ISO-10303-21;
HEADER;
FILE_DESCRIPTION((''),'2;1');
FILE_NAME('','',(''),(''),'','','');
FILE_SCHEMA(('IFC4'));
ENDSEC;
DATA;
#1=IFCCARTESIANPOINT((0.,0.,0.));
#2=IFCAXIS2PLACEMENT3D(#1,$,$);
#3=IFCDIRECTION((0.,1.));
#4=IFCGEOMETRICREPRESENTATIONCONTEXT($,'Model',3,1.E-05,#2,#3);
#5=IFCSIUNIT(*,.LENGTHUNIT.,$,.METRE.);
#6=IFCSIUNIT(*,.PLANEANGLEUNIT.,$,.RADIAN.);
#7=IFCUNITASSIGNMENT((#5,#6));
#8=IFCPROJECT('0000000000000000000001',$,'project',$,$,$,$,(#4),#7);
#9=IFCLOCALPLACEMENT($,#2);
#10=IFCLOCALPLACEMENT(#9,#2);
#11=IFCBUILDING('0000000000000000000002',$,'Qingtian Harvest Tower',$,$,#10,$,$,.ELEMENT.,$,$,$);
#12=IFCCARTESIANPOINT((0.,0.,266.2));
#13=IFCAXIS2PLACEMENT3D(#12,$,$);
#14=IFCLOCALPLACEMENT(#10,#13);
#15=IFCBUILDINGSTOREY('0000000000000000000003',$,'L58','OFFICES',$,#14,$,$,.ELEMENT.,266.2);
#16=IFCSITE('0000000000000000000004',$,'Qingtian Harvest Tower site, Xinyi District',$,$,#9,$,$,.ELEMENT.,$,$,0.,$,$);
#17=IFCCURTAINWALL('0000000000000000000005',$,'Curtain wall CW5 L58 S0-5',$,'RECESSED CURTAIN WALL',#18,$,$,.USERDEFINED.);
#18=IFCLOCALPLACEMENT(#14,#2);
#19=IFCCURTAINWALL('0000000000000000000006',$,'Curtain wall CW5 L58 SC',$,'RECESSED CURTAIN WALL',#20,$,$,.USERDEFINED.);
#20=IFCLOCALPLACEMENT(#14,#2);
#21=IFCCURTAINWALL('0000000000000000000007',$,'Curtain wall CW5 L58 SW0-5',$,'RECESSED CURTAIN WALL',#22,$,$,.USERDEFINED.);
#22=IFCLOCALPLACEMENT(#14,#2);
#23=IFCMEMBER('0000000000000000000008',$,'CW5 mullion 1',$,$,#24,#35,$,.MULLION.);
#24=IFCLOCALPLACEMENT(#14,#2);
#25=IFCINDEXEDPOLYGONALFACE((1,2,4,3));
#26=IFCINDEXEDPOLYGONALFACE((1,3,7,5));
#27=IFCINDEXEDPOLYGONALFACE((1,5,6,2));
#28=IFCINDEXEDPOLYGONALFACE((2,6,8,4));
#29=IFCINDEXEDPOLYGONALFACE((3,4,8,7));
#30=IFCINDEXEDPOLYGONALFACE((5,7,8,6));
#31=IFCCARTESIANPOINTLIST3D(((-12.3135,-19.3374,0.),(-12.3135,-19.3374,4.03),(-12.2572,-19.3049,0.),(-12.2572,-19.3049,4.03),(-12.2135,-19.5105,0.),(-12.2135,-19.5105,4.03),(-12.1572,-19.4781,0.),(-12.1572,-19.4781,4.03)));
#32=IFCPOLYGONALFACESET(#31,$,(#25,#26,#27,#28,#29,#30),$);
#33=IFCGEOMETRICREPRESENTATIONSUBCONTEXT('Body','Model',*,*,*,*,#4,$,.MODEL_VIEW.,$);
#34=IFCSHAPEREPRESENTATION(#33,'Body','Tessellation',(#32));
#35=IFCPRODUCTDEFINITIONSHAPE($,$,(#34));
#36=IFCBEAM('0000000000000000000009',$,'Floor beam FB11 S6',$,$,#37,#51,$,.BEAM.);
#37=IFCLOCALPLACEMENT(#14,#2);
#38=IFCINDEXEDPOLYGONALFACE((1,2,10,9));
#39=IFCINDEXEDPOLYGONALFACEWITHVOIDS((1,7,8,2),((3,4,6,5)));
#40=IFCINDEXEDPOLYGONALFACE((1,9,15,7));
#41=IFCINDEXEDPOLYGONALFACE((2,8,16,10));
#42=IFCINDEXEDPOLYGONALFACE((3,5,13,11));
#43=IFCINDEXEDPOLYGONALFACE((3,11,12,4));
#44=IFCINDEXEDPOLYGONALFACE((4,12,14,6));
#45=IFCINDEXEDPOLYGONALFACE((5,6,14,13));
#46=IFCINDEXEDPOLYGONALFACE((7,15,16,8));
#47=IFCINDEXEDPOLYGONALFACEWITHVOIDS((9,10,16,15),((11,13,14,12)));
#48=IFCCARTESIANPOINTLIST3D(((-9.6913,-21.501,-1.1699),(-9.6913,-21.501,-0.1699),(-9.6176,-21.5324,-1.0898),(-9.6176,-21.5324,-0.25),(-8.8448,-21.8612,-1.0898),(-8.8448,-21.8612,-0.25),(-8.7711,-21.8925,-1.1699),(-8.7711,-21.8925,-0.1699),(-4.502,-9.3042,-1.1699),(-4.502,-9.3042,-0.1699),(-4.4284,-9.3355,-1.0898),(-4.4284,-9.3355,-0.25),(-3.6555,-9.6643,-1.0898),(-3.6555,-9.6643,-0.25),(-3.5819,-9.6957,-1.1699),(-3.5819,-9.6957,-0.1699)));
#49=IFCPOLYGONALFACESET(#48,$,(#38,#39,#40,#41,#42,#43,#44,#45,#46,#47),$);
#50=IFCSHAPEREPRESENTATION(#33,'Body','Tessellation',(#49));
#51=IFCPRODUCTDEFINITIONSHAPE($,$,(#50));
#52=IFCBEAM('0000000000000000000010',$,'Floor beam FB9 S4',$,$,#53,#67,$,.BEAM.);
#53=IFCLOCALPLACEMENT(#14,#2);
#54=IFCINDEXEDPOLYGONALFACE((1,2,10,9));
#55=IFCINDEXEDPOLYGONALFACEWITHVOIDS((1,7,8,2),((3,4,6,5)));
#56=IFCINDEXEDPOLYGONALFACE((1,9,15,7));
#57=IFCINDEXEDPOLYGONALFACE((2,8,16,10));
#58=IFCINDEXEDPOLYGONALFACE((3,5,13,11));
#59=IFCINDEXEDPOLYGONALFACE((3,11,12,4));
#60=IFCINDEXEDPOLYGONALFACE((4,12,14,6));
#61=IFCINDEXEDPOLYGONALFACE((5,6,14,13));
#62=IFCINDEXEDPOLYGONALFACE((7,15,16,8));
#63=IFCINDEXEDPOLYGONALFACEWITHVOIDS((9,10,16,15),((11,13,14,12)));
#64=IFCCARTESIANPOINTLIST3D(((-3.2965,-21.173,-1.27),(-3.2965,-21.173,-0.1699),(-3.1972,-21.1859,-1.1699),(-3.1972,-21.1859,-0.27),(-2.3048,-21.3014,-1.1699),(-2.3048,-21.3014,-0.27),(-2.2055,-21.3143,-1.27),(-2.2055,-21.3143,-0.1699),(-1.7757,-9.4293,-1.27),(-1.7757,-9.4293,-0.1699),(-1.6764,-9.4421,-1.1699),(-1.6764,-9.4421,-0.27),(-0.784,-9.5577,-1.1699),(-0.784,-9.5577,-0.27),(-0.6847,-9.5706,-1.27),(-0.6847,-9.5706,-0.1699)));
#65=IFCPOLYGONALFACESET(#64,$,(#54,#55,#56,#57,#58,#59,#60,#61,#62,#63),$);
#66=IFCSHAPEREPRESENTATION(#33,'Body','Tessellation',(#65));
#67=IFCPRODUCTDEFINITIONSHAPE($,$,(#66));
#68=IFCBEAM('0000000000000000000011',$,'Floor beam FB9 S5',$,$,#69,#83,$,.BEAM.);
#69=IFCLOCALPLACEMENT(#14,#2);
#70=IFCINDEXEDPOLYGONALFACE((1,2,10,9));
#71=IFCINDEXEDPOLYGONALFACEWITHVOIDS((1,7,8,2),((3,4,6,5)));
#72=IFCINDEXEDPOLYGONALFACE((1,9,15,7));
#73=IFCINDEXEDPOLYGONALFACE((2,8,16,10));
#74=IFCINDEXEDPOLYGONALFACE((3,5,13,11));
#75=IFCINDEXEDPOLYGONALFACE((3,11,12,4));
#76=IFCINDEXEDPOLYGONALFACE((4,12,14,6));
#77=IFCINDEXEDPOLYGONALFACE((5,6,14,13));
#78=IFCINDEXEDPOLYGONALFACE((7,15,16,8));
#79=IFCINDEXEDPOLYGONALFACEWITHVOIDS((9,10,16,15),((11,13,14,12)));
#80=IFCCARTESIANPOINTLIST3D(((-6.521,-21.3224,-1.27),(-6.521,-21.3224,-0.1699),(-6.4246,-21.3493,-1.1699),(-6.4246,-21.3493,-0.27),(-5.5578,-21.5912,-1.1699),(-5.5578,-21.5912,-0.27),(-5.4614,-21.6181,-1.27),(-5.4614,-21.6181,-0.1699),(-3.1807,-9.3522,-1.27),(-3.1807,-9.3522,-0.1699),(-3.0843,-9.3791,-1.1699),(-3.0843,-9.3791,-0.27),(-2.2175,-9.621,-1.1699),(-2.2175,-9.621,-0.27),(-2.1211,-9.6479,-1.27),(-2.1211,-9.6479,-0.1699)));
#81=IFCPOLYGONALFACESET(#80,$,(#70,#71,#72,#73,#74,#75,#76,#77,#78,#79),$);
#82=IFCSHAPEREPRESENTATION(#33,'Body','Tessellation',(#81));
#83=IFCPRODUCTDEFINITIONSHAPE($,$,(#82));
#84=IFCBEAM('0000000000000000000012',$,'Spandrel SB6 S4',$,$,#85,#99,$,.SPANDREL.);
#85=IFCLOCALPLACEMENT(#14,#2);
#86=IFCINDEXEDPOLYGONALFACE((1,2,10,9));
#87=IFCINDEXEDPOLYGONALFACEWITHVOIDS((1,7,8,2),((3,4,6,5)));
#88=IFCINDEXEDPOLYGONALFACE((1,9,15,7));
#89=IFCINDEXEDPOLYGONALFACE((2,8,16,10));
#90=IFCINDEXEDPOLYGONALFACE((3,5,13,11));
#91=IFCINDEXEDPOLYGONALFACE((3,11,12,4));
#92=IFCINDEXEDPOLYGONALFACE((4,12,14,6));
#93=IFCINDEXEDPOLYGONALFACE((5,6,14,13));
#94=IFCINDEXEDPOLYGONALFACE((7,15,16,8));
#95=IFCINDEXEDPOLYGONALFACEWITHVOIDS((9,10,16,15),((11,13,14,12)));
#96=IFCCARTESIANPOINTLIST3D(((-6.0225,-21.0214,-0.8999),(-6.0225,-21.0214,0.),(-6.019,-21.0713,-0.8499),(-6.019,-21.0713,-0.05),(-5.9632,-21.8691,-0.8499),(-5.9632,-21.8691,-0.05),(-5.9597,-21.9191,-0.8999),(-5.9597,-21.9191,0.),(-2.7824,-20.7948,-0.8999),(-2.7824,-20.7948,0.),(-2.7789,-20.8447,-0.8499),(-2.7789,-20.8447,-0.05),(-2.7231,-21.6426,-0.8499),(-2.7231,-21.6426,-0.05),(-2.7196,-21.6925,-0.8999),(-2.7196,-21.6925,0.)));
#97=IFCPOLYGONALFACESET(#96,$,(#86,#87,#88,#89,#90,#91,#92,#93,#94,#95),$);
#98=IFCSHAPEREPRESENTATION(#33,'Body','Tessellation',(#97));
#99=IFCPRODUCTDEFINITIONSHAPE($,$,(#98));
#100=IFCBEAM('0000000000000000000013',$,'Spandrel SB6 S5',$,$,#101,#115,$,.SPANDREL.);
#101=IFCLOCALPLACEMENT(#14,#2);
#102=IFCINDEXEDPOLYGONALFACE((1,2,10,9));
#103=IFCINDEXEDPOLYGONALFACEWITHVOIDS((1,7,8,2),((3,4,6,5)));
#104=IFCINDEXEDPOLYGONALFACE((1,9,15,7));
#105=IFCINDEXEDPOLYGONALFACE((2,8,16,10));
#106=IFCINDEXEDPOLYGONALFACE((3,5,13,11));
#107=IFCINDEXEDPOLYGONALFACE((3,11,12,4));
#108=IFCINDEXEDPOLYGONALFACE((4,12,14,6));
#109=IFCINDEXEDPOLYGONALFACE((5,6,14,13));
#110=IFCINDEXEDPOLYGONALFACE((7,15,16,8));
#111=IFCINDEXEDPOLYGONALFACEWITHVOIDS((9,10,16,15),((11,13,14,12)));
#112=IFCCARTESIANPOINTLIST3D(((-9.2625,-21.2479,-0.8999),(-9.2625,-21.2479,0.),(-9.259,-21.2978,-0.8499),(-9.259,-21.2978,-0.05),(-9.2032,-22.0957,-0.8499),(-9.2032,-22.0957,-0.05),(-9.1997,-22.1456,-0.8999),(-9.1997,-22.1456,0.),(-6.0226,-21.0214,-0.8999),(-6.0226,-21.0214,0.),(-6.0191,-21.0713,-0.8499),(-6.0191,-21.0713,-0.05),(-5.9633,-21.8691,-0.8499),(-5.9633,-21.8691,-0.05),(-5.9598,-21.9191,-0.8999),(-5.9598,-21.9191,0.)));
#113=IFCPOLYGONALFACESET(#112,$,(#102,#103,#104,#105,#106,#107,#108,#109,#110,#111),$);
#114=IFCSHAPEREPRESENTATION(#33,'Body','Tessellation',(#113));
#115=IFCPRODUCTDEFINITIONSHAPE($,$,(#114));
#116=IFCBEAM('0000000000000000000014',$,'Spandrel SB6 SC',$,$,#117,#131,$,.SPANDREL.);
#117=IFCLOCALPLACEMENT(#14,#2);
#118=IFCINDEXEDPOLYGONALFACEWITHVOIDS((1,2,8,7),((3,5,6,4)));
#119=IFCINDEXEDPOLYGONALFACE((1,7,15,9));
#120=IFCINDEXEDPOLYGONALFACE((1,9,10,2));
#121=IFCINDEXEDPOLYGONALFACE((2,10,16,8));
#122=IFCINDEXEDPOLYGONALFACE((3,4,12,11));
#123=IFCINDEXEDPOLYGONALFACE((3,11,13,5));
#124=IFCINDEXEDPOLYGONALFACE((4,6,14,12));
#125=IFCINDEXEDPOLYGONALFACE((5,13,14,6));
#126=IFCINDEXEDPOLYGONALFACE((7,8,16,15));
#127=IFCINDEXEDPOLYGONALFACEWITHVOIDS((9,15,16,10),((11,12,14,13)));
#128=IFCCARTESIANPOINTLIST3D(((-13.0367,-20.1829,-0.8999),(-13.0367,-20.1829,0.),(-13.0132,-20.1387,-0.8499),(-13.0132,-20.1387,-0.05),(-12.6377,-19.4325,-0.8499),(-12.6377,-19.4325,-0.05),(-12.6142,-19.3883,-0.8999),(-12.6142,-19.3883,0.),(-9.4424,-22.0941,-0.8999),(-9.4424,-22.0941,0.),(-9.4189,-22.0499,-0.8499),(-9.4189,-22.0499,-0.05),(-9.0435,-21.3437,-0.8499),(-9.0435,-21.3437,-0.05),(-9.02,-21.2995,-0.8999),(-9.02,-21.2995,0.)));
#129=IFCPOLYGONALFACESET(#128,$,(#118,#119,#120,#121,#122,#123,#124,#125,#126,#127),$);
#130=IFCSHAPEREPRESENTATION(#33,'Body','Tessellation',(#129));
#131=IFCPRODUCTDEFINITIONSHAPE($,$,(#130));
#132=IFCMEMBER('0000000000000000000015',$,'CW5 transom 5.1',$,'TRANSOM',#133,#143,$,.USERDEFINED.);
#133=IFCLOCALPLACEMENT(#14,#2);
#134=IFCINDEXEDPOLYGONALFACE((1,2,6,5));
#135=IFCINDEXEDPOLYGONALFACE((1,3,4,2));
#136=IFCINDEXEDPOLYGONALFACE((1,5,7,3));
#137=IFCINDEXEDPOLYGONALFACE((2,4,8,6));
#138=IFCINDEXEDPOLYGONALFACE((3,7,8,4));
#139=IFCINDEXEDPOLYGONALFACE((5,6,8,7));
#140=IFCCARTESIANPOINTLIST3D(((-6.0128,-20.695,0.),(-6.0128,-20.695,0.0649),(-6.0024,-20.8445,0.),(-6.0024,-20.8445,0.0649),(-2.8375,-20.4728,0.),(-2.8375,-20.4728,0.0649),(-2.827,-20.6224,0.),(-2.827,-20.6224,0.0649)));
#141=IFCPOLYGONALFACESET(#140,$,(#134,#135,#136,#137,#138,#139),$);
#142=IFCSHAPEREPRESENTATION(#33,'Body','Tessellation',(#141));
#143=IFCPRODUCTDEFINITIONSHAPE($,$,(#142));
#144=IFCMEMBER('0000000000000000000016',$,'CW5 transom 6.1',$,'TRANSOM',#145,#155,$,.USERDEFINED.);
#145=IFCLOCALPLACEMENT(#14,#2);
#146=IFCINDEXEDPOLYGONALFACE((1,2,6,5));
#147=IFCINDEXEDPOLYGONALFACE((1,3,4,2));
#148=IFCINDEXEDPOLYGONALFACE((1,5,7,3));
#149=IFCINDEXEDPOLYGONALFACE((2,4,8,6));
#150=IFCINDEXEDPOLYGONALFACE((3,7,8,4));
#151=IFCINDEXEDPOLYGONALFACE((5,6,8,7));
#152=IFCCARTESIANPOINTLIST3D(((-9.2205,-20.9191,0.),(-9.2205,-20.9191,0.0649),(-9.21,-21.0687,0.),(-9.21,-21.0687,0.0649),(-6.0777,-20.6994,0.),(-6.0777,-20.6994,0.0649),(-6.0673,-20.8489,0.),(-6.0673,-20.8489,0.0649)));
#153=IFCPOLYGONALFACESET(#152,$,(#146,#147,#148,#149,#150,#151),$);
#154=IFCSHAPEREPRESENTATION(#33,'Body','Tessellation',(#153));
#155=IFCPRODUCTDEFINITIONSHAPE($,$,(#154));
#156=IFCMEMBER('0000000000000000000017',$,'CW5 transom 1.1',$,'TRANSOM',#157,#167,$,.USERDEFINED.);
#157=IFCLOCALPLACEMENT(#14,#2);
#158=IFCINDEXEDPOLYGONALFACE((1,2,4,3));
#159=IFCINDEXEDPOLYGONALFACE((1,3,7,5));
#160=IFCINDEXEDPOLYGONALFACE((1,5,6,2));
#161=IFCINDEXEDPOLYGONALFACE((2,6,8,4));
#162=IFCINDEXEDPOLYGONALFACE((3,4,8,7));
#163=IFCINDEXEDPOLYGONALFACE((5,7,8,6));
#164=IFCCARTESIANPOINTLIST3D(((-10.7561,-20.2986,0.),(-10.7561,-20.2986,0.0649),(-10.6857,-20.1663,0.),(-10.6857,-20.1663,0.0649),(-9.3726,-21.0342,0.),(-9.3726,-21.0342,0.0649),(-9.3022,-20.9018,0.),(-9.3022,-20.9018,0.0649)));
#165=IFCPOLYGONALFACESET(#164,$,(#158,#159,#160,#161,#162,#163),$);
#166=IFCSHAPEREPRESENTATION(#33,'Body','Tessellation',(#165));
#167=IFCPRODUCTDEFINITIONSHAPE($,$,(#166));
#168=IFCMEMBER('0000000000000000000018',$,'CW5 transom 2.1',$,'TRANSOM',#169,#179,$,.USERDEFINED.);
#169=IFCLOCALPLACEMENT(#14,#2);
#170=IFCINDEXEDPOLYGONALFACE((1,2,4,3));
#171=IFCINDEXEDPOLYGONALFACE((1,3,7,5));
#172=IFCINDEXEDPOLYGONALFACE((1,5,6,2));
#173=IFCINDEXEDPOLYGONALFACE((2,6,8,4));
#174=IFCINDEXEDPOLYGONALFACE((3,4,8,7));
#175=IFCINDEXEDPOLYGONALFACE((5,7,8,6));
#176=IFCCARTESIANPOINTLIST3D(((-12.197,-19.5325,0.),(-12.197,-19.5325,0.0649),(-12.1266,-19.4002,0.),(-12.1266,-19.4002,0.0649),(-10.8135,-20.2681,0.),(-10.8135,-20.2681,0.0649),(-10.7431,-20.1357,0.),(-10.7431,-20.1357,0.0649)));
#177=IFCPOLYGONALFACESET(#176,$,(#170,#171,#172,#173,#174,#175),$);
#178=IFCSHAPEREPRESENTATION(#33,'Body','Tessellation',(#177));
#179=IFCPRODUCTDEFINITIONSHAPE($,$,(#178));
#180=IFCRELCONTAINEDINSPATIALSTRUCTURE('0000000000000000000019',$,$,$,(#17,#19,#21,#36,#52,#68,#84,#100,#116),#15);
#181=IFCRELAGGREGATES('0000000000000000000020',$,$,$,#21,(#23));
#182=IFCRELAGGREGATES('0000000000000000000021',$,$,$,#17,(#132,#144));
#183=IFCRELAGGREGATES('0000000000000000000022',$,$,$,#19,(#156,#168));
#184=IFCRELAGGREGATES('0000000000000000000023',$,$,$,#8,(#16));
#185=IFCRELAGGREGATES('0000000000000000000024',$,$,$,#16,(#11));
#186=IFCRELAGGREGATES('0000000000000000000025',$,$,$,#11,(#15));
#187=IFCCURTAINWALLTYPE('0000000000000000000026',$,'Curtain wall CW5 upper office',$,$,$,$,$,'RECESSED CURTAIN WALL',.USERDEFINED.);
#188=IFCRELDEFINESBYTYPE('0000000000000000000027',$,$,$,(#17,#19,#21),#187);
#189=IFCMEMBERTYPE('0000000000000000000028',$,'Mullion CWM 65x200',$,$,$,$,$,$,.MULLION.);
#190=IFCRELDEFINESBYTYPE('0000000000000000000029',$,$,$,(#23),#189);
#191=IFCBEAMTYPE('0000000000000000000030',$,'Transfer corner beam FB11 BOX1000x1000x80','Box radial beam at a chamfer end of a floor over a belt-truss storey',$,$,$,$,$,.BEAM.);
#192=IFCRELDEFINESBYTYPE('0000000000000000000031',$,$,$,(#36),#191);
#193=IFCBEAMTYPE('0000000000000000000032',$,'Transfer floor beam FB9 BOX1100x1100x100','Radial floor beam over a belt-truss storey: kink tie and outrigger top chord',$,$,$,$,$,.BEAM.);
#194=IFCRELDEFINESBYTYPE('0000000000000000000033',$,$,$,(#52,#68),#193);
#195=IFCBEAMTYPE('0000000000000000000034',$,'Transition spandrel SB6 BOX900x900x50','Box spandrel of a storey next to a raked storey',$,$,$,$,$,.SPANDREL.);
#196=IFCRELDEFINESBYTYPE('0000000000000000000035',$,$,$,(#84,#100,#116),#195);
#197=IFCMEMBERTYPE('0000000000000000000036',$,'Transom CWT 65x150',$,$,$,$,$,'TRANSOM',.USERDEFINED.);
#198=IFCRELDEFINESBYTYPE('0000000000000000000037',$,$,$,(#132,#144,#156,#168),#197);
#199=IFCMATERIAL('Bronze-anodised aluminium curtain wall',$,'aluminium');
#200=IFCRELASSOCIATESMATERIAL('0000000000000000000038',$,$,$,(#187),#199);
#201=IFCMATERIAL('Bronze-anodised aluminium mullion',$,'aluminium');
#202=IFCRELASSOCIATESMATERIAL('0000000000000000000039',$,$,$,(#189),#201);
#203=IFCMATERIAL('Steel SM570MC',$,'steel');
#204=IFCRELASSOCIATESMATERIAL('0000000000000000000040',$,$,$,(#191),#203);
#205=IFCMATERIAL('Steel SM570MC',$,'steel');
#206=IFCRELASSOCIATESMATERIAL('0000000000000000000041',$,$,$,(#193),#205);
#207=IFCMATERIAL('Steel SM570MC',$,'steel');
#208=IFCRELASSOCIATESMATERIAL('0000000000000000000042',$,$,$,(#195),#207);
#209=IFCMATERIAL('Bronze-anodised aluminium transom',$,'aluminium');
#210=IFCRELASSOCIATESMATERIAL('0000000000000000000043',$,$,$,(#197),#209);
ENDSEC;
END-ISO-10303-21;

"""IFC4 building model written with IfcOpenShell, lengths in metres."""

from ifc_helpers import new_model, si_unit, direction, frame, origin, origin_2d, place, context, subcontext, project, spatial, rectangle, hollow_rectangle, extrude, material, material_profile, profile_set, type_object, element, aggregate, save


model = new_model("IFC4")

# Units and contexts
model_context = context("Model", 3, precision=1e-05, world=origin(), true_north=direction((0.0, 1.0)))
body_context = subcontext(model_context, "Body", "Model", "MODEL_VIEW")
ifc_project = project(units=[si_unit("LENGTHUNIT", "METRE"), si_unit("PLANEANGLEUNIT", "RADIAN")], contexts=[model_context])

# Site, building, storey
site_placement = place(None, origin())
site = spatial("IfcSite", under=ifc_project, at=site_placement, Name="Qingtian Harvest Tower site, Xinyi District", CompositionType="ELEMENT", RefElevation=0.0)
building_placement = place(site_placement, origin())
building = spatial("IfcBuilding", under=site, at=building_placement, Name="Qingtian Harvest Tower", CompositionType="ELEMENT")
storey_placement = place(building_placement, frame((0.0, 0.0, 266.2)))
storey = spatial("IfcBuildingStorey", under=building, at=storey_placement, Name="L58", Description="OFFICES", CompositionType="ELEMENT", Elevation=266.2)

# Curtain walls
ifc_material_1 = material(Name="Bronze-anodised aluminium curtain wall", Category="aluminium")
curtain_wall_type = type_object("IfcCurtainWallType", Name="Curtain wall CW5 upper office", ElementType="RECESSED CURTAIN WALL", PredefinedType="USERDEFINED", material=ifc_material_1)
curtain_wall_1_placement = place(storey_placement, origin())
curtain_wall_1 = element("IfcCurtainWall", 1, at=curtain_wall_1_placement, inside=storey, type_object=curtain_wall_type, Name="Curtain wall CW5 L58 S0-5", ObjectType="RECESSED CURTAIN WALL", PredefinedType="USERDEFINED")
ifc_material_2 = material(Name="Bronze-anodised aluminium mullion", Category="aluminium")
ifc_material_profile_1 = material_profile(ifc_material_2, rectangle(XDim=0.0649, YDim=0.2, at=origin_2d()), Name="AL 65x200")
ifc_profile_set_1 = profile_set([ifc_material_profile_1], Name="Bronze-anodised aluminium mullion")
member_type_1 = type_object("IfcMemberType", Name="Mullion CWM 65x200", PredefinedType="MULLION", material=ifc_profile_set_1)
curtain_wall_2_placement = place(storey_placement, origin())
curtain_wall_2 = element("IfcCurtainWall", 2, at=curtain_wall_2_placement, inside=storey, type_object=curtain_wall_type, Name="Curtain wall CW5 L58 SC", ObjectType="RECESSED CURTAIN WALL", PredefinedType="USERDEFINED")

# Curtain wall, member
curtain_wall_3_placement = place(storey_placement, origin())
curtain_wall_3 = element("IfcCurtainWall", 3, at=curtain_wall_3_placement, inside=storey, type_object=curtain_wall_type, Name="Curtain wall CW5 L58 SW0-5", ObjectType="RECESSED CURTAIN WALL", PredefinedType="USERDEFINED")
member_1_placement = place(storey_placement, frame((-12.2354, -19.4077, 0.0), z_axis=(0.0, 0.0, 1.0), x_axis=(-0.866025, -0.5, 0.0)))
member_1 = element("IfcMember", 4, at=member_1_placement, type_object=member_type_1, Name="CW5 mullion 1", PredefinedType="MULLION", context=body_context, shape_type="SweptSolid", body=[
    extrude(rectangle(XDim=0.0649, YDim=0.2, at=origin_2d()), origin(), (0.0, 0.0, 1.0), 4.03),
])
aggregate(curtain_wall_3, [member_1])

# Beams
ifc_material_3 = material(Name="Steel SM570MC", Category="steel")
ifc_material_profile_2 = material_profile(ifc_material_3, hollow_rectangle(XDim=1.0, YDim=1.0, WallThickness=0.0801, at=origin_2d()), Name="BOX1000x1000x80")
ifc_profile_set_2 = profile_set([ifc_material_profile_2], Name="Steel SM570MC")
beam_type_1 = type_object("IfcBeamType", Name="Transfer corner beam FB11 BOX1000x1000x80", Description="Box radial beam at a chamfer end of a floor over a belt-truss storey", PredefinedType="BEAM", material=ifc_profile_set_2)
beam_1_placement = place(storey_placement, frame((-9.2312, -21.6968, -0.6699), z_axis=(0.391497, 0.920179, 0.0), x_axis=(-0.920179, 0.391497, 0.0)))
element("IfcBeam", 5, at=beam_1_placement, inside=storey, type_object=beam_type_1, Name="Floor beam FB11 S6", PredefinedType="BEAM", context=body_context, shape_type="SweptSolid", body=[
    extrude(hollow_rectangle(XDim=1.0, YDim=1.0, WallThickness=0.0801, at=origin_2d()), origin(), (0.0, 0.0, 1.0), 13.2549),
])
ifc_material_4 = material(Name="Steel SM570MC", Category="steel")
ifc_material_profile_3 = material_profile(ifc_material_4, hollow_rectangle(XDim=1.1001, YDim=1.1001, WallThickness=0.1001, at=origin_2d()), Name="BOX1100x1100x100")
ifc_profile_set_3 = profile_set([ifc_material_profile_3], Name="Steel SM570MC")
beam_type_2 = type_object("IfcBeamType", Name="Transfer floor beam FB9 BOX1100x1100x100", Description="Radial floor beam over a belt-truss storey: kink tie and outrigger top chord", PredefinedType="BEAM", material=ifc_profile_set_3)
beam_2_placement = place(storey_placement, frame((-2.751, -21.2437, -0.72), z_axis=(0.128423, 0.991719, 0.0), x_axis=(-0.991719, 0.128423, 0.0)))
element("IfcBeam", 6, at=beam_2_placement, inside=storey, type_object=beam_type_2, Name="Floor beam FB9 S4", PredefinedType="BEAM", context=body_context, shape_type="SweptSolid", body=[
    extrude(hollow_rectangle(XDim=1.1001, YDim=1.1001, WallThickness=0.1001, at=origin_2d()), origin(), (0.0, 0.0, 1.0), 11.8418),
])
beam_3_placement = place(storey_placement, frame((-5.9912, -21.4702, -0.72), z_axis=(0.268785, 0.9632, 0.0), x_axis=(-0.9632, 0.268785, 0.0)))
element("IfcBeam", 7, at=beam_3_placement, inside=storey, type_object=beam_type_2, Name="Floor beam FB9 S5", PredefinedType="BEAM", context=body_context, shape_type="SweptSolid", body=[
    extrude(hollow_rectangle(XDim=1.1001, YDim=1.1001, WallThickness=0.1001, at=origin_2d()), origin(), (0.0, 0.0, 1.0), 12.4275),
])
ifc_material_5 = material(Name="Steel SM570MC", Category="steel")
ifc_material_profile_4 = material_profile(ifc_material_5, hollow_rectangle(XDim=0.8999, YDim=0.8999, WallThickness=0.05, at=origin_2d()), Name="BOX900x900x50")
ifc_profile_set_4 = profile_set([ifc_material_profile_4], Name="Steel SM570MC")
beam_type_3 = type_object("IfcBeamType", Name="Transition spandrel SB6 BOX900x900x50", Description="Box spandrel of a storey next to a raked storey", PredefinedType="SPANDREL", material=ifc_profile_set_4)
beam_4_placement = place(storey_placement, frame((-2.751, -21.2437, -0.45), z_axis=(-0.997564, -0.069751, 0.0), x_axis=(0.069751, -0.997564, 0.0)))
element("IfcBeam", 8, at=beam_4_placement, inside=storey, type_object=beam_type_3, Name="Spandrel SB6 S4", PredefinedType="SPANDREL", context=body_context, shape_type="SweptSolid", body=[
    extrude(hollow_rectangle(XDim=0.8999, YDim=0.8999, WallThickness=0.05, at=origin_2d()), origin(), (0.0, 0.0, 1.0), 3.248),
])
beam_5_placement = place(storey_placement, frame((-5.9912, -21.4702, -0.45), z_axis=(-0.997564, -0.069757, 0.0), x_axis=(0.069757, -0.997564, 0.0)))
element("IfcBeam", 9, at=beam_5_placement, inside=storey, type_object=beam_type_3, Name="Spandrel SB6 S5", PredefinedType="SPANDREL", context=body_context, shape_type="SweptSolid", body=[
    extrude(hollow_rectangle(XDim=0.8999, YDim=0.8999, WallThickness=0.05, at=origin_2d()), origin(), (0.0, 0.0, 1.0), 3.2478),
])
beam_6_placement = place(storey_placement, frame((-9.2312, -21.6968, -0.45), z_axis=(-0.882943, 0.46948, 0.0), x_axis=(-0.46948, -0.882943, 0.0)))
element("IfcBeam", 10, at=beam_6_placement, inside=storey, type_object=beam_type_3, Name="Spandrel SB6 SC", PredefinedType="SPANDREL", context=body_context, shape_type="SweptSolid", body=[
    extrude(hollow_rectangle(XDim=0.8999, YDim=0.8999, WallThickness=0.05, at=origin_2d()), origin(), (0.0, 0.0, 1.0), 4.0708),
])

# Members
ifc_material_6 = material(Name="Bronze-anodised aluminium transom", Category="aluminium")
ifc_material_profile_5 = material_profile(ifc_material_6, rectangle(XDim=0.1499, YDim=0.0649, at=origin_2d()), Name="AL 65x150")
ifc_profile_set_5 = profile_set([ifc_material_profile_5], Name="Bronze-anodised aluminium transom")
member_type_2 = type_object("IfcMemberType", Name="Transom CWT 65x150", ElementType="TRANSOM", PredefinedType="USERDEFINED", material=ifc_profile_set_5)
member_2_placement = place(storey_placement, frame((-2.8323, -20.5476, 0.0325), z_axis=(-0.997561, -0.069797, 0.0), x_axis=(0.069797, -0.997561, 0.0)))
member_2 = element("IfcMember", 11, at=member_2_placement, type_object=member_type_2, Name="CW5 transom 5.1", ObjectType="TRANSOM", PredefinedType="USERDEFINED", context=body_context, shape_type="SweptSolid", body=[
    extrude(rectangle(XDim=0.1499, YDim=0.0649, at=origin_2d()), origin(), (0.0, 0.0, 1.0), 3.1831),
])
member_3_placement = place(storey_placement, frame((-6.0725, -20.7742, 0.0325), z_axis=(-0.997565, -0.069744, 0.0), x_axis=(0.069744, -0.997565, 0.0)))
member_3 = element("IfcMember", 12, at=member_3_placement, type_object=member_type_2, Name="CW5 transom 6.1", ObjectType="TRANSOM", PredefinedType="USERDEFINED", context=body_context, shape_type="SweptSolid", body=[
    extrude(rectangle(XDim=0.1499, YDim=0.0649, at=origin_2d()), origin(), (0.0, 0.0, 1.0), 3.1504),
])
member_4_placement = place(storey_placement, frame((-9.3374, -20.968, 0.0325), z_axis=(-0.88296, 0.469448, 0.0), x_axis=(-0.469448, -0.88296, 0.0)))
member_4 = element("IfcMember", 13, at=member_4_placement, type_object=member_type_2, Name="CW5 transom 1.1", ObjectType="TRANSOM", PredefinedType="USERDEFINED", context=body_context, shape_type="SweptSolid", body=[
    extrude(rectangle(XDim=0.1499, YDim=0.0649, at=origin_2d()), origin(), (0.0, 0.0, 1.0), 1.5669),
])
member_5_placement = place(storey_placement, frame((-10.7783, -20.2019, 0.0325), z_axis=(-0.88296, 0.469448, 0.0), x_axis=(-0.469448, -0.88296, 0.0)))
member_5 = element("IfcMember", 14, at=member_5_placement, type_object=member_type_2, Name="CW5 transom 2.1", ObjectType="TRANSOM", PredefinedType="USERDEFINED", context=body_context, shape_type="SweptSolid", body=[
    extrude(rectangle(XDim=0.1499, YDim=0.0649, at=origin_2d()), origin(), (0.0, 0.0, 1.0), 1.5669),
])

aggregate(curtain_wall_1, [member_2, member_3])
aggregate(curtain_wall_2, [member_4, member_5])

save(model, "model.ifc")
